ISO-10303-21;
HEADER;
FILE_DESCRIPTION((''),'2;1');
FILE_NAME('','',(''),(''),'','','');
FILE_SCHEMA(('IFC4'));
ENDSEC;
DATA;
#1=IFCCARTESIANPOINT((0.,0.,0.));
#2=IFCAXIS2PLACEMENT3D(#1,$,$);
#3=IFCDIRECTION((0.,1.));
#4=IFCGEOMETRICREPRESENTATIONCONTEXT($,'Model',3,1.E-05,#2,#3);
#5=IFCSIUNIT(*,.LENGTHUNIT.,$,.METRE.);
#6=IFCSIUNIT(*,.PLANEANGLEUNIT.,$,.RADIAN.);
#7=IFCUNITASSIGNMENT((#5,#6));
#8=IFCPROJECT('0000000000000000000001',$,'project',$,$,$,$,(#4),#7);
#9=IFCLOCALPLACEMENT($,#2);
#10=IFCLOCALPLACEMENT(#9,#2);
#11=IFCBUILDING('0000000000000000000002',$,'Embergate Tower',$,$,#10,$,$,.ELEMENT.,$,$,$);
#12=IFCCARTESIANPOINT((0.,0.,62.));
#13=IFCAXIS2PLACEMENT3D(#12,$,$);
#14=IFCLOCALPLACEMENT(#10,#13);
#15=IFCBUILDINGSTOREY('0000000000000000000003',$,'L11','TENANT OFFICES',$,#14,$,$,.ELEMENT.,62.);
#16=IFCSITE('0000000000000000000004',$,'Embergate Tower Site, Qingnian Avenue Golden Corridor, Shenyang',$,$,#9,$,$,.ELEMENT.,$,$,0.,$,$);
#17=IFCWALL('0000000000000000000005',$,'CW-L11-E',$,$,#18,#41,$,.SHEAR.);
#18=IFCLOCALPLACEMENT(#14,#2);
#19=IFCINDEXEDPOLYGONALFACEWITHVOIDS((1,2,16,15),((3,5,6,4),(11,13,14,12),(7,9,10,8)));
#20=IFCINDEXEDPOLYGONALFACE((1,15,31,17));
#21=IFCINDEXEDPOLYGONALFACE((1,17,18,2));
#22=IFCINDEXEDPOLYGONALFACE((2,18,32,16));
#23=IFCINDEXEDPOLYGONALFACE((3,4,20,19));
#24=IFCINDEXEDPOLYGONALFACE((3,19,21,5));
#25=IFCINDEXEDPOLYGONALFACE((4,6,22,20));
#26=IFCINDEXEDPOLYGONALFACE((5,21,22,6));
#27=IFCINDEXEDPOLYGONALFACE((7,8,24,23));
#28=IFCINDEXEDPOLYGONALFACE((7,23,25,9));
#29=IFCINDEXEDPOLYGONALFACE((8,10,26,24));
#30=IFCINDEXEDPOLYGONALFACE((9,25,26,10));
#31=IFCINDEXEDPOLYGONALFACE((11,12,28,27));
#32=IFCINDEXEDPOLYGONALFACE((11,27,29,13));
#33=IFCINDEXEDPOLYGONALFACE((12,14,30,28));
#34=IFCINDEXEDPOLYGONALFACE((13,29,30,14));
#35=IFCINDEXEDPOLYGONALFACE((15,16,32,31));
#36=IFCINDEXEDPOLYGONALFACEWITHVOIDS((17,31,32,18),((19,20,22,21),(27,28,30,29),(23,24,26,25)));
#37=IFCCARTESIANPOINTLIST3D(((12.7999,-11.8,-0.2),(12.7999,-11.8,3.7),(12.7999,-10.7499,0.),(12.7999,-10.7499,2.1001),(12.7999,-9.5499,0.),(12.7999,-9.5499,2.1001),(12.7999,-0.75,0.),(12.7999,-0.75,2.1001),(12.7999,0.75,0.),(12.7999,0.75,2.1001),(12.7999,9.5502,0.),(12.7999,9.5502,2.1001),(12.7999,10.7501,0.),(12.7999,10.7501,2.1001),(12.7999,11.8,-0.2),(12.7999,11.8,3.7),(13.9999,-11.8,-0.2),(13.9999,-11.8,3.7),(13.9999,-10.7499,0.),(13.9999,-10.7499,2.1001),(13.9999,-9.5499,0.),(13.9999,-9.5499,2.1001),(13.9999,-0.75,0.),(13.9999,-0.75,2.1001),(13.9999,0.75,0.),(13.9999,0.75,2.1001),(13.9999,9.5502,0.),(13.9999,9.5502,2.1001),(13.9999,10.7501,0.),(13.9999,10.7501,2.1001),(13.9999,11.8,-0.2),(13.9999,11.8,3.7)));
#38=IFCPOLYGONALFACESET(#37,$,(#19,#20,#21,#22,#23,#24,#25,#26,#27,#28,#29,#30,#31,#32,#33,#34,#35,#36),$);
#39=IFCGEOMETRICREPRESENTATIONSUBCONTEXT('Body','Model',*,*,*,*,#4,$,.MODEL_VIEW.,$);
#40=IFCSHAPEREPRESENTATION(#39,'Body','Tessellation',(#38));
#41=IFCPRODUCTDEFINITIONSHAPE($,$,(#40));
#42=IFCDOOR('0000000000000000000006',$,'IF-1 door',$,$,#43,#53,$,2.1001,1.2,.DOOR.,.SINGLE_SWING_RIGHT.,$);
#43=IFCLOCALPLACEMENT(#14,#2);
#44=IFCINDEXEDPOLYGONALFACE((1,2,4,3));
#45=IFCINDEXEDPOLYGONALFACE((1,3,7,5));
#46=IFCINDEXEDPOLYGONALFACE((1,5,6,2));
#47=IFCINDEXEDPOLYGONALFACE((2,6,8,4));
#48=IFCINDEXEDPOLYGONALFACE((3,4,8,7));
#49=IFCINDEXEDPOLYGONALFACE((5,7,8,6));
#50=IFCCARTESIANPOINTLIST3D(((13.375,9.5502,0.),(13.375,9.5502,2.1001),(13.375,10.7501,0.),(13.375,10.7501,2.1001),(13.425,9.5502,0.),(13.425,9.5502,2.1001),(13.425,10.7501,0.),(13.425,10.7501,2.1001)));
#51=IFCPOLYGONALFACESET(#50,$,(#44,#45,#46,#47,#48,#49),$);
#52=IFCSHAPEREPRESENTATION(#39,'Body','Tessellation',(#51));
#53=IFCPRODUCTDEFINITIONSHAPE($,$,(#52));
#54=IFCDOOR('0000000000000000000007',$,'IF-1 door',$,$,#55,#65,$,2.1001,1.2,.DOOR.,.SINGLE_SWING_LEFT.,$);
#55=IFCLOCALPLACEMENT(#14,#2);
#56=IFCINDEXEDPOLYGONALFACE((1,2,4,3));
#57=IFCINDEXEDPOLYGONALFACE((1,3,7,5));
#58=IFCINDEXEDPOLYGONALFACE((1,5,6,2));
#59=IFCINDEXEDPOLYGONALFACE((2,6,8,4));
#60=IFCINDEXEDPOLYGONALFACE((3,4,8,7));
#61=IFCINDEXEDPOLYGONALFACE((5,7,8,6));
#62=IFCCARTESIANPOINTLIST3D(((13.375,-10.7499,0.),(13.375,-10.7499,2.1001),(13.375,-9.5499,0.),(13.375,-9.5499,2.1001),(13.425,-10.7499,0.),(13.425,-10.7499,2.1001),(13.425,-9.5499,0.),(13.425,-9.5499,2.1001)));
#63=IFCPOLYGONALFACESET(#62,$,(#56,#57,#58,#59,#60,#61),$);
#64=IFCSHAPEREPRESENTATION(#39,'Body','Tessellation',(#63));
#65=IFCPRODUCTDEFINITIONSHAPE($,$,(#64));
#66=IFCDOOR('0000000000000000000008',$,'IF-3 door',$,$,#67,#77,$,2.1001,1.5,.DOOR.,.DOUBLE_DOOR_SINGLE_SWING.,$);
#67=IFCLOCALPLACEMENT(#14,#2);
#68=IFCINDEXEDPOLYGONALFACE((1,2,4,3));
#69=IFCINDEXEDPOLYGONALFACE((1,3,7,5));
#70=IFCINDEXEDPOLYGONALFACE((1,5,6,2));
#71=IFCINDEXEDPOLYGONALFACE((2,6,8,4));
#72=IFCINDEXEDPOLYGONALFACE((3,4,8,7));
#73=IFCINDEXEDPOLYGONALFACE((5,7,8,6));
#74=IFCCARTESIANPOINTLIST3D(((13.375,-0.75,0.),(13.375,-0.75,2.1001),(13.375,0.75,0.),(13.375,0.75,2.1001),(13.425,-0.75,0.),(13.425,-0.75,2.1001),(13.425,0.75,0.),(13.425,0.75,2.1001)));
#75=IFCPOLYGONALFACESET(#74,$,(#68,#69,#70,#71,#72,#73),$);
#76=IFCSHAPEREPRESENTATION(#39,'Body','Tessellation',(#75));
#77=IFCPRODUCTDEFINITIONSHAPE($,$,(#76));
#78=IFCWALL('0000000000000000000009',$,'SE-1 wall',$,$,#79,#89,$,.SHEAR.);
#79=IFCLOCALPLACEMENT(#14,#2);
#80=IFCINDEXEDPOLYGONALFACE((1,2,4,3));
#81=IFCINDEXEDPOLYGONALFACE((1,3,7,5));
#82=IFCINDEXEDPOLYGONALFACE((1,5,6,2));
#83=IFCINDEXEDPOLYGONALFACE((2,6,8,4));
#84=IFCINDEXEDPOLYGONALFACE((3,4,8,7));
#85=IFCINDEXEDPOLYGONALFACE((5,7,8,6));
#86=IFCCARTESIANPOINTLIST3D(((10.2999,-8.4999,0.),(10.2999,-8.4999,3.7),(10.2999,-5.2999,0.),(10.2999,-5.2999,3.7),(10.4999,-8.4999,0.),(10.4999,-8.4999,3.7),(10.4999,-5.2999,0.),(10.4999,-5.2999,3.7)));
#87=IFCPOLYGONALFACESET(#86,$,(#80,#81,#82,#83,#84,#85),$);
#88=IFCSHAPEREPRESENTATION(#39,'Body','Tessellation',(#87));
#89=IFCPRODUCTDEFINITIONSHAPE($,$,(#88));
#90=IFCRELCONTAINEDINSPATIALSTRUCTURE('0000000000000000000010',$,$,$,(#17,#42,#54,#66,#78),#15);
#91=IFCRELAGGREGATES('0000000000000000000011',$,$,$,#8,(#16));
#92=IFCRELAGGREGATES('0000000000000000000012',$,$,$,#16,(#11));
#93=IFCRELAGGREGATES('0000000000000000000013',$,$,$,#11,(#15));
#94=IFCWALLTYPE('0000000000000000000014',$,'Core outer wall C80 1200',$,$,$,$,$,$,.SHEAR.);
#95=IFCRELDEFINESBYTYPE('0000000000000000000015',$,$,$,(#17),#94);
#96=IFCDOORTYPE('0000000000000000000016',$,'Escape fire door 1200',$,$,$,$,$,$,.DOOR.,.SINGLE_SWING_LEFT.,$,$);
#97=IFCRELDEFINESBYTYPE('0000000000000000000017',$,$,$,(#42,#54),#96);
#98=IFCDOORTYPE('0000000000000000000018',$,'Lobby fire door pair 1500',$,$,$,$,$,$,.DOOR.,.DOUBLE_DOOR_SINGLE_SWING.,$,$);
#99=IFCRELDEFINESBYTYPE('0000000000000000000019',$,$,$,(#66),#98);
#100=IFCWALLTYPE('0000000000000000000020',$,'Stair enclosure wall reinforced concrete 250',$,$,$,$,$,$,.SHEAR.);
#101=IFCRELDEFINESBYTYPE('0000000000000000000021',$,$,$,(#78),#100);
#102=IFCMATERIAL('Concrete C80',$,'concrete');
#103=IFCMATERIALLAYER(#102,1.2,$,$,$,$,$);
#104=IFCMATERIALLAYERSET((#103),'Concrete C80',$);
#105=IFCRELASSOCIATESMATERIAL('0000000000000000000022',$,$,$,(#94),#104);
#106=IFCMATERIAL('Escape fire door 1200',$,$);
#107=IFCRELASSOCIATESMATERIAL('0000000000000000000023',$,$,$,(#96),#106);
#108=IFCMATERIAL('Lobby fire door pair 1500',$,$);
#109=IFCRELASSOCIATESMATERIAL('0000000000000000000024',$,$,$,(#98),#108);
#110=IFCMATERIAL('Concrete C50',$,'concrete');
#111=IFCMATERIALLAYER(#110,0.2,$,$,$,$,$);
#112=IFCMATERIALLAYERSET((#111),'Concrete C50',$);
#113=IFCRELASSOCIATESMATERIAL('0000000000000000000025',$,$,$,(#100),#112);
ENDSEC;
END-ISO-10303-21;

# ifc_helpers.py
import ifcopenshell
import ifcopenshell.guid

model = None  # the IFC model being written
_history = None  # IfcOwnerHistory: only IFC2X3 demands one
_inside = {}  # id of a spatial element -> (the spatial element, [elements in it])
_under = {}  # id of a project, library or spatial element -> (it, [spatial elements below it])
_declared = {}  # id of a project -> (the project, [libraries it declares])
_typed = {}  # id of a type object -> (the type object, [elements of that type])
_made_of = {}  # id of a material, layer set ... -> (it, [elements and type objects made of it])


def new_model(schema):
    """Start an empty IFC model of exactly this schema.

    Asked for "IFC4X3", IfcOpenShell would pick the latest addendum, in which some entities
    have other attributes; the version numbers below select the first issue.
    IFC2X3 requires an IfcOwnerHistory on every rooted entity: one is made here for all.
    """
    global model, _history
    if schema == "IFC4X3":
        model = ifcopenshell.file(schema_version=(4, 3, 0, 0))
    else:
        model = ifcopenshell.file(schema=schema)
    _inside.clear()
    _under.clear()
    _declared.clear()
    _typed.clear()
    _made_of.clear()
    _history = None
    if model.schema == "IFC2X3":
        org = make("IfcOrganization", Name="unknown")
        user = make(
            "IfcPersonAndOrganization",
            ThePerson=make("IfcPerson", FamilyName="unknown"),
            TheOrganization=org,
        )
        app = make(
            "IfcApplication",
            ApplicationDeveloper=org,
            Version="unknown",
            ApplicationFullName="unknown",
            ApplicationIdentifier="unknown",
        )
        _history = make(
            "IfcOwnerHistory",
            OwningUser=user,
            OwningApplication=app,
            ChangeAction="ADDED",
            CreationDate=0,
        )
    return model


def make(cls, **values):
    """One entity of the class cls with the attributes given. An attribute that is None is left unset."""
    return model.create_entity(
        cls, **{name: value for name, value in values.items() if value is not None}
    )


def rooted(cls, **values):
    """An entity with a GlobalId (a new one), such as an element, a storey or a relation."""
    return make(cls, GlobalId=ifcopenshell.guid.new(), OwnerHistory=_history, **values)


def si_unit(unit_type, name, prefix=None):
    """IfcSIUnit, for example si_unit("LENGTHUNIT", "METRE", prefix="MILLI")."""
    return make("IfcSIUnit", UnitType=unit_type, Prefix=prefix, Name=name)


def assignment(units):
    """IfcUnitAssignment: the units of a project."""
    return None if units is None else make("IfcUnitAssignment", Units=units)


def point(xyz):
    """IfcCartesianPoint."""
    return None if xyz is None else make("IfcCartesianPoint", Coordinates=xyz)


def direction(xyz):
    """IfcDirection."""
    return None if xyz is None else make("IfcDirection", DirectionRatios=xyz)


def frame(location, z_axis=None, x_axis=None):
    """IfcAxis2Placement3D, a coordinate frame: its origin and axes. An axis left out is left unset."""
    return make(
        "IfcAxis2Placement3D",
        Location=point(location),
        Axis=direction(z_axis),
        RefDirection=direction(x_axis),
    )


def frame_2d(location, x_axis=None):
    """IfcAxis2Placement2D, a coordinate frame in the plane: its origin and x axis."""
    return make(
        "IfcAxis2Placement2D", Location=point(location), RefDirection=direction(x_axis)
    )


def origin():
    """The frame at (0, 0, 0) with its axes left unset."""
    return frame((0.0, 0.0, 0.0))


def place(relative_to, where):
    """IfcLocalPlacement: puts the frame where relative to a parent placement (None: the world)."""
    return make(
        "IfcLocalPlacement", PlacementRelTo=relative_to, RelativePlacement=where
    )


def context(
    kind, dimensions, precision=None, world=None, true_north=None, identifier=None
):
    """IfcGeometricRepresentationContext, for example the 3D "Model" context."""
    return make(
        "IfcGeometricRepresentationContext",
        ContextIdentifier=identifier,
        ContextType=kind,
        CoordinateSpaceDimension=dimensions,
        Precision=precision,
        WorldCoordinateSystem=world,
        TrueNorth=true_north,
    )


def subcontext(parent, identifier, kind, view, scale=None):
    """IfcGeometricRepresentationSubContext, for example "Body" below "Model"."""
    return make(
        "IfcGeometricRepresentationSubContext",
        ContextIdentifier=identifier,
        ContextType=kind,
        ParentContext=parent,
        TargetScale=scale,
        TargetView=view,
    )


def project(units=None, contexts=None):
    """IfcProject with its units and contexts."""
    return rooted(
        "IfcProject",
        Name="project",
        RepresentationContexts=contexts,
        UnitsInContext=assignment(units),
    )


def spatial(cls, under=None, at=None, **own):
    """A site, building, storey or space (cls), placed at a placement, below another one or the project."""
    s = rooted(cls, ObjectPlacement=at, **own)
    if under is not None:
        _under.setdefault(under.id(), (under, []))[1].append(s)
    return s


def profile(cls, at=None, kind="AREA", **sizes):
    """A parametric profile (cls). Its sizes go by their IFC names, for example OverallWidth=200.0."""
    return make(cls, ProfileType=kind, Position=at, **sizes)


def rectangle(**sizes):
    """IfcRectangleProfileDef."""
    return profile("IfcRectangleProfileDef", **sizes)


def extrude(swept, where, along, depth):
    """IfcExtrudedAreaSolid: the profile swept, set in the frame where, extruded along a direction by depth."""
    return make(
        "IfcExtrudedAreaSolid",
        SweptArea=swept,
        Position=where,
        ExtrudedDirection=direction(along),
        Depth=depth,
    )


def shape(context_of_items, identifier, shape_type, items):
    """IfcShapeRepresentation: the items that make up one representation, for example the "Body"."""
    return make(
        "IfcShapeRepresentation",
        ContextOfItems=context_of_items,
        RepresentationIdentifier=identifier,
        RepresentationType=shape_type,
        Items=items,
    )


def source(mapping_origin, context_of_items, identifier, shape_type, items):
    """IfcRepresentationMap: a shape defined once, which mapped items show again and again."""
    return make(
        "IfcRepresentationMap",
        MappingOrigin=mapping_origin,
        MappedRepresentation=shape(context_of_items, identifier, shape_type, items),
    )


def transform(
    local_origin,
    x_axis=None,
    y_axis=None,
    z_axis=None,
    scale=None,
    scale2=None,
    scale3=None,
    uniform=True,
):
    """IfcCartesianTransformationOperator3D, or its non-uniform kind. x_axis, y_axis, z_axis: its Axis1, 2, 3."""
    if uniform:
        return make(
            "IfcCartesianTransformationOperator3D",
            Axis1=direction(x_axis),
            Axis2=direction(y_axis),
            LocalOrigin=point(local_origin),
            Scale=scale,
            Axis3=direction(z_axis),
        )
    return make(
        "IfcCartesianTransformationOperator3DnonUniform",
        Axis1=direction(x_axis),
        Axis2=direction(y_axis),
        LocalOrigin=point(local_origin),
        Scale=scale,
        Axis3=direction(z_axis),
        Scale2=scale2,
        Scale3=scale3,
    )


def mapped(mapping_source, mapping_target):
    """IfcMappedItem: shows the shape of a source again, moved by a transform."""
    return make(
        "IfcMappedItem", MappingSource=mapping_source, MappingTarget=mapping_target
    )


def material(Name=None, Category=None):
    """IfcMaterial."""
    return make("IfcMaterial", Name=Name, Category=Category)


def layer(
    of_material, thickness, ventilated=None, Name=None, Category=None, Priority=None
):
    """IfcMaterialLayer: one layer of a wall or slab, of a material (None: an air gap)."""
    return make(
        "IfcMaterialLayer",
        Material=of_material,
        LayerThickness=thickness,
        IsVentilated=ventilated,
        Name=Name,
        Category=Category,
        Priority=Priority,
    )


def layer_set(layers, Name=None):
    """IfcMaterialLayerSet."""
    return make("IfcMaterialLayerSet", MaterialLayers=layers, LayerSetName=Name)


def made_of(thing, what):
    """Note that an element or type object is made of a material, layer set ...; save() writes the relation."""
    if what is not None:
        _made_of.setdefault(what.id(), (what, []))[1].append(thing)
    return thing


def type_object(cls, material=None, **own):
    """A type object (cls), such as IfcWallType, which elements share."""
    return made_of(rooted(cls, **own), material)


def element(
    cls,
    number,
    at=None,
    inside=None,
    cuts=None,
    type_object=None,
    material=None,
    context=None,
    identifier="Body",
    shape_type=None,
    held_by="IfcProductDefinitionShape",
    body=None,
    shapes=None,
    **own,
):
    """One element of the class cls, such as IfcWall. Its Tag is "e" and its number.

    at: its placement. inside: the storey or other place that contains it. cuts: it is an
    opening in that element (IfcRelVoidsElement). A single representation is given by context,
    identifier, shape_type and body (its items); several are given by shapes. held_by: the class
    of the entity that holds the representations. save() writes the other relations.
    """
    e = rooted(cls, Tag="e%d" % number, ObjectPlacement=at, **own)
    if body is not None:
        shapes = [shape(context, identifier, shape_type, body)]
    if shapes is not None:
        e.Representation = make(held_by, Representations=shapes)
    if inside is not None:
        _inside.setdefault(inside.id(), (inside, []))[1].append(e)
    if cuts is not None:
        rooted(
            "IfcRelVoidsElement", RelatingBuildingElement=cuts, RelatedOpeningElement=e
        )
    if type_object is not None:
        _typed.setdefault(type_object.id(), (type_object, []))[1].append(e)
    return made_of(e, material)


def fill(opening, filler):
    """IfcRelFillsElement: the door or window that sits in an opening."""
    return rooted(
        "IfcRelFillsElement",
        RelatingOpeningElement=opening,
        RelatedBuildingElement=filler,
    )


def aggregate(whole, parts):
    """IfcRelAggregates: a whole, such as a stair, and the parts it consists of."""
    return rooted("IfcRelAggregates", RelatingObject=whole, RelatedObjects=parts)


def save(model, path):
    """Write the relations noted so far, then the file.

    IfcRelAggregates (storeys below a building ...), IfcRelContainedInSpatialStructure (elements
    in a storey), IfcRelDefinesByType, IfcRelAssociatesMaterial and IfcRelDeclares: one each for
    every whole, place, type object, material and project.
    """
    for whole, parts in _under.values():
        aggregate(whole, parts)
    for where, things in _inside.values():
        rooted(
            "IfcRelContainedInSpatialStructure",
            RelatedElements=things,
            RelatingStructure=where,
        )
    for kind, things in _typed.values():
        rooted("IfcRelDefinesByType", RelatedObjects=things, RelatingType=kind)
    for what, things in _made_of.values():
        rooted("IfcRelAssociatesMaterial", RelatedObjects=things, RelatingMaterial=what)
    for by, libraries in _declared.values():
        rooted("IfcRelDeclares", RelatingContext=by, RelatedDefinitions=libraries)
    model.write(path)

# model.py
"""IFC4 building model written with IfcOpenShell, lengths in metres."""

from ifc_helpers import new_model, si_unit, direction, frame, frame_2d, origin, place, context, subcontext, project, spatial, rectangle, extrude, source, transform, mapped, material, layer, layer_set, type_object, element, fill, save


model = new_model("IFC4")

# Units and contexts
model_context = context("Model", 3, precision=1e-05, world=origin(), true_north=direction((0.0, 1.0)))
body_context = subcontext(model_context, "Body", "Model", "MODEL_VIEW")
ifc_project = project(units=[si_unit("LENGTHUNIT", "METRE"), si_unit("PLANEANGLEUNIT", "RADIAN")], contexts=[model_context])

# Site, building, storey
site_placement = place(None, origin())
site = spatial("IfcSite", under=ifc_project, at=site_placement, Name="Embergate Tower Site, Qingnian Avenue Golden Corridor, Shenyang", CompositionType="ELEMENT", RefElevation=0.0)
building_placement = place(site_placement, origin())
building = spatial("IfcBuilding", under=site, at=building_placement, Name="Embergate Tower", CompositionType="ELEMENT")
storey_placement = place(building_placement, frame((0.0, 0.0, 62.0)))
storey = spatial("IfcBuildingStorey", under=building, at=storey_placement, Name="L11", Description="TENANT OFFICES", CompositionType="ELEMENT", Elevation=62.0)

# Wall, openings, doors
ifc_material_1 = material(Name="Concrete C80", Category="concrete")
ifc_layer_1 = layer(ifc_material_1, 1.2)
ifc_layer_set_1 = layer_set([ifc_layer_1], Name="Concrete C80")
wall_type_1 = type_object("IfcWallType", Name="Core outer wall C80 1200", PredefinedType="SHEAR", material=ifc_layer_set_1)
shared_shape_1 = source(origin(), body_context, "Body", "SweptSolid", [
    extrude(rectangle(XDim=23.6001, YDim=1.2, at=frame_2d((11.8, 0.0))), origin(), (0.0, 0.0, 1.0), 3.8999),
])
wall_1_placement = place(storey_placement, frame((13.3999, -11.8, -0.2), z_axis=(0.0, 0.0, 1.0), x_axis=(0.0, 1.0, 0.0)))
wall_1 = element("IfcWall", 1, at=wall_1_placement, inside=storey, type_object=wall_type_1, Name="CW-L11-E", PredefinedType="SHEAR", context=body_context, shape_type="MappedRepresentation", body=[
    mapped(shared_shape_1, transform((0.0, 0.0, 0.0))),
])
shared_shape_2 = source(origin(), body_context, "Body", "SweptSolid", [
    extrude(rectangle(XDim=1.2, YDim=2.1001, at=frame_2d((0.6001, 1.05))), frame((0.0, 0.6099, 0.0), z_axis=(0.0, -1.0, 0.0), x_axis=(1.0, 0.0, 0.0)), (0.0, 0.0, 1.0), 1.22),
])
opening_1_placement = place(wall_1_placement, frame((21.3501, 0.0, 0.2)))
opening_1 = element("IfcOpeningElement", 2, at=opening_1_placement, cuts=wall_1, PredefinedType="OPENING", context=body_context, shape_type="MappedRepresentation", body=[
    mapped(shared_shape_2, transform((0.0, 0.0, 0.0))),
])
opening_2_placement = place(wall_1_placement, frame((1.05, 0.0, 0.2)))
opening_2 = element("IfcOpeningElement", 3, at=opening_2_placement, cuts=wall_1, PredefinedType="OPENING", context=body_context, shape_type="MappedRepresentation", body=[
    mapped(shared_shape_2, transform((0.0, 0.0, 0.0))),
])
shared_shape_3 = source(origin(), body_context, "Body", "SweptSolid", [
    extrude(rectangle(XDim=1.5, YDim=2.1001, at=frame_2d((0.75, 1.05))), frame((0.0, 0.6099, 0.0), z_axis=(0.0, -1.0, 0.0), x_axis=(1.0, 0.0, 0.0)), (0.0, 0.0, 1.0), 1.22),
])
opening_3_placement = place(wall_1_placement, frame((11.05, 0.0, 0.2)))
opening_3 = element("IfcOpeningElement", 4, at=opening_3_placement, cuts=wall_1, PredefinedType="OPENING", context=body_context, shape_type="MappedRepresentation", body=[
    mapped(shared_shape_3, transform((0.0, 0.0, 0.0))),
])
ifc_material_2 = material(Name="Escape fire door 1200")
door_type_1 = type_object("IfcDoorType", Name="Escape fire door 1200", OperationType="SINGLE_SWING_LEFT", PredefinedType="DOOR", material=ifc_material_2)
shared_shape_4 = source(origin(), body_context, "Body", "SweptSolid", [
    extrude(rectangle(XDim=1.2, YDim=2.1001, at=frame_2d((0.6001, 1.05))), frame((0.0, 0.0249, 0.0), z_axis=(0.0, -1.0, 0.0), x_axis=(1.0, 0.0, 0.0)), (0.0, 0.0, 1.0), 0.05),
])
door_1_placement = place(opening_1_placement, origin())
door_1 = element("IfcDoor", 5, at=door_1_placement, inside=storey, type_object=door_type_1, Name="IF-1 door", OperationType="SINGLE_SWING_RIGHT", OverallHeight=2.1001, OverallWidth=1.2, PredefinedType="DOOR", context=body_context, shape_type="MappedRepresentation", body=[
    mapped(shared_shape_4, transform((0.0, 0.0, 0.0))),
])
fill(opening_1, door_1)
door_2_placement = place(opening_2_placement, origin())
door_2 = element("IfcDoor", 6, at=door_2_placement, inside=storey, type_object=door_type_1, Name="IF-1 door", OperationType="SINGLE_SWING_LEFT", OverallHeight=2.1001, OverallWidth=1.2, PredefinedType="DOOR", context=body_context, shape_type="MappedRepresentation", body=[
    mapped(shared_shape_4, transform((0.0, 0.0, 0.0))),
])
fill(opening_2, door_2)
ifc_material_3 = material(Name="Lobby fire door pair 1500")
door_type_2 = type_object("IfcDoorType", Name="Lobby fire door pair 1500", OperationType="DOUBLE_DOOR_SINGLE_SWING", PredefinedType="DOOR", material=ifc_material_3)
shared_shape_5 = source(origin(), body_context, "Body", "SweptSolid", [
    extrude(rectangle(XDim=1.5, YDim=2.1001, at=frame_2d((0.75, 1.05))), frame((0.0, 0.0249, 0.0), z_axis=(0.0, -1.0, 0.0), x_axis=(1.0, 0.0, 0.0)), (0.0, 0.0, 1.0), 0.05),
])
door_3_placement = place(opening_3_placement, origin())
door_3 = element("IfcDoor", 7, at=door_3_placement, inside=storey, type_object=door_type_2, Name="IF-3 door", OperationType="DOUBLE_DOOR_SINGLE_SWING", OverallHeight=2.1001, OverallWidth=1.5, PredefinedType="DOOR", context=body_context, shape_type="MappedRepresentation", body=[
    mapped(shared_shape_5, transform((0.0, 0.0, 0.0))),
])
fill(opening_3, door_3)

# Wall
ifc_material_4 = material(Name="Concrete C50", Category="concrete")
ifc_layer_2 = layer(ifc_material_4, 0.2)
ifc_layer_set_2 = layer_set([ifc_layer_2], Name="Concrete C50")
wall_type_2 = type_object("IfcWallType", Name="Stair enclosure wall reinforced concrete 250", PredefinedType="SHEAR", material=ifc_layer_set_2)
shared_shape_6 = source(origin(), body_context, "Body", "SweptSolid", [
    extrude(rectangle(XDim=3.2, YDim=0.2, at=frame_2d((1.6001, 0.0))), origin(), (0.0, 0.0, 1.0), 3.7),
])
wall_2_placement = place(storey_placement, frame((10.3999, -8.5, 0.0), z_axis=(0.0, 0.0, 1.0), x_axis=(0.0, 1.0, 0.0)))
element("IfcWall", 8, at=wall_2_placement, inside=storey, type_object=wall_type_2, Name="SE-1 wall", PredefinedType="SHEAR", context=body_context, shape_type="MappedRepresentation", body=[
    mapped(shared_shape_6, transform((0.0, 0.0, 0.0))),
])

save(model, "model.ifc")
